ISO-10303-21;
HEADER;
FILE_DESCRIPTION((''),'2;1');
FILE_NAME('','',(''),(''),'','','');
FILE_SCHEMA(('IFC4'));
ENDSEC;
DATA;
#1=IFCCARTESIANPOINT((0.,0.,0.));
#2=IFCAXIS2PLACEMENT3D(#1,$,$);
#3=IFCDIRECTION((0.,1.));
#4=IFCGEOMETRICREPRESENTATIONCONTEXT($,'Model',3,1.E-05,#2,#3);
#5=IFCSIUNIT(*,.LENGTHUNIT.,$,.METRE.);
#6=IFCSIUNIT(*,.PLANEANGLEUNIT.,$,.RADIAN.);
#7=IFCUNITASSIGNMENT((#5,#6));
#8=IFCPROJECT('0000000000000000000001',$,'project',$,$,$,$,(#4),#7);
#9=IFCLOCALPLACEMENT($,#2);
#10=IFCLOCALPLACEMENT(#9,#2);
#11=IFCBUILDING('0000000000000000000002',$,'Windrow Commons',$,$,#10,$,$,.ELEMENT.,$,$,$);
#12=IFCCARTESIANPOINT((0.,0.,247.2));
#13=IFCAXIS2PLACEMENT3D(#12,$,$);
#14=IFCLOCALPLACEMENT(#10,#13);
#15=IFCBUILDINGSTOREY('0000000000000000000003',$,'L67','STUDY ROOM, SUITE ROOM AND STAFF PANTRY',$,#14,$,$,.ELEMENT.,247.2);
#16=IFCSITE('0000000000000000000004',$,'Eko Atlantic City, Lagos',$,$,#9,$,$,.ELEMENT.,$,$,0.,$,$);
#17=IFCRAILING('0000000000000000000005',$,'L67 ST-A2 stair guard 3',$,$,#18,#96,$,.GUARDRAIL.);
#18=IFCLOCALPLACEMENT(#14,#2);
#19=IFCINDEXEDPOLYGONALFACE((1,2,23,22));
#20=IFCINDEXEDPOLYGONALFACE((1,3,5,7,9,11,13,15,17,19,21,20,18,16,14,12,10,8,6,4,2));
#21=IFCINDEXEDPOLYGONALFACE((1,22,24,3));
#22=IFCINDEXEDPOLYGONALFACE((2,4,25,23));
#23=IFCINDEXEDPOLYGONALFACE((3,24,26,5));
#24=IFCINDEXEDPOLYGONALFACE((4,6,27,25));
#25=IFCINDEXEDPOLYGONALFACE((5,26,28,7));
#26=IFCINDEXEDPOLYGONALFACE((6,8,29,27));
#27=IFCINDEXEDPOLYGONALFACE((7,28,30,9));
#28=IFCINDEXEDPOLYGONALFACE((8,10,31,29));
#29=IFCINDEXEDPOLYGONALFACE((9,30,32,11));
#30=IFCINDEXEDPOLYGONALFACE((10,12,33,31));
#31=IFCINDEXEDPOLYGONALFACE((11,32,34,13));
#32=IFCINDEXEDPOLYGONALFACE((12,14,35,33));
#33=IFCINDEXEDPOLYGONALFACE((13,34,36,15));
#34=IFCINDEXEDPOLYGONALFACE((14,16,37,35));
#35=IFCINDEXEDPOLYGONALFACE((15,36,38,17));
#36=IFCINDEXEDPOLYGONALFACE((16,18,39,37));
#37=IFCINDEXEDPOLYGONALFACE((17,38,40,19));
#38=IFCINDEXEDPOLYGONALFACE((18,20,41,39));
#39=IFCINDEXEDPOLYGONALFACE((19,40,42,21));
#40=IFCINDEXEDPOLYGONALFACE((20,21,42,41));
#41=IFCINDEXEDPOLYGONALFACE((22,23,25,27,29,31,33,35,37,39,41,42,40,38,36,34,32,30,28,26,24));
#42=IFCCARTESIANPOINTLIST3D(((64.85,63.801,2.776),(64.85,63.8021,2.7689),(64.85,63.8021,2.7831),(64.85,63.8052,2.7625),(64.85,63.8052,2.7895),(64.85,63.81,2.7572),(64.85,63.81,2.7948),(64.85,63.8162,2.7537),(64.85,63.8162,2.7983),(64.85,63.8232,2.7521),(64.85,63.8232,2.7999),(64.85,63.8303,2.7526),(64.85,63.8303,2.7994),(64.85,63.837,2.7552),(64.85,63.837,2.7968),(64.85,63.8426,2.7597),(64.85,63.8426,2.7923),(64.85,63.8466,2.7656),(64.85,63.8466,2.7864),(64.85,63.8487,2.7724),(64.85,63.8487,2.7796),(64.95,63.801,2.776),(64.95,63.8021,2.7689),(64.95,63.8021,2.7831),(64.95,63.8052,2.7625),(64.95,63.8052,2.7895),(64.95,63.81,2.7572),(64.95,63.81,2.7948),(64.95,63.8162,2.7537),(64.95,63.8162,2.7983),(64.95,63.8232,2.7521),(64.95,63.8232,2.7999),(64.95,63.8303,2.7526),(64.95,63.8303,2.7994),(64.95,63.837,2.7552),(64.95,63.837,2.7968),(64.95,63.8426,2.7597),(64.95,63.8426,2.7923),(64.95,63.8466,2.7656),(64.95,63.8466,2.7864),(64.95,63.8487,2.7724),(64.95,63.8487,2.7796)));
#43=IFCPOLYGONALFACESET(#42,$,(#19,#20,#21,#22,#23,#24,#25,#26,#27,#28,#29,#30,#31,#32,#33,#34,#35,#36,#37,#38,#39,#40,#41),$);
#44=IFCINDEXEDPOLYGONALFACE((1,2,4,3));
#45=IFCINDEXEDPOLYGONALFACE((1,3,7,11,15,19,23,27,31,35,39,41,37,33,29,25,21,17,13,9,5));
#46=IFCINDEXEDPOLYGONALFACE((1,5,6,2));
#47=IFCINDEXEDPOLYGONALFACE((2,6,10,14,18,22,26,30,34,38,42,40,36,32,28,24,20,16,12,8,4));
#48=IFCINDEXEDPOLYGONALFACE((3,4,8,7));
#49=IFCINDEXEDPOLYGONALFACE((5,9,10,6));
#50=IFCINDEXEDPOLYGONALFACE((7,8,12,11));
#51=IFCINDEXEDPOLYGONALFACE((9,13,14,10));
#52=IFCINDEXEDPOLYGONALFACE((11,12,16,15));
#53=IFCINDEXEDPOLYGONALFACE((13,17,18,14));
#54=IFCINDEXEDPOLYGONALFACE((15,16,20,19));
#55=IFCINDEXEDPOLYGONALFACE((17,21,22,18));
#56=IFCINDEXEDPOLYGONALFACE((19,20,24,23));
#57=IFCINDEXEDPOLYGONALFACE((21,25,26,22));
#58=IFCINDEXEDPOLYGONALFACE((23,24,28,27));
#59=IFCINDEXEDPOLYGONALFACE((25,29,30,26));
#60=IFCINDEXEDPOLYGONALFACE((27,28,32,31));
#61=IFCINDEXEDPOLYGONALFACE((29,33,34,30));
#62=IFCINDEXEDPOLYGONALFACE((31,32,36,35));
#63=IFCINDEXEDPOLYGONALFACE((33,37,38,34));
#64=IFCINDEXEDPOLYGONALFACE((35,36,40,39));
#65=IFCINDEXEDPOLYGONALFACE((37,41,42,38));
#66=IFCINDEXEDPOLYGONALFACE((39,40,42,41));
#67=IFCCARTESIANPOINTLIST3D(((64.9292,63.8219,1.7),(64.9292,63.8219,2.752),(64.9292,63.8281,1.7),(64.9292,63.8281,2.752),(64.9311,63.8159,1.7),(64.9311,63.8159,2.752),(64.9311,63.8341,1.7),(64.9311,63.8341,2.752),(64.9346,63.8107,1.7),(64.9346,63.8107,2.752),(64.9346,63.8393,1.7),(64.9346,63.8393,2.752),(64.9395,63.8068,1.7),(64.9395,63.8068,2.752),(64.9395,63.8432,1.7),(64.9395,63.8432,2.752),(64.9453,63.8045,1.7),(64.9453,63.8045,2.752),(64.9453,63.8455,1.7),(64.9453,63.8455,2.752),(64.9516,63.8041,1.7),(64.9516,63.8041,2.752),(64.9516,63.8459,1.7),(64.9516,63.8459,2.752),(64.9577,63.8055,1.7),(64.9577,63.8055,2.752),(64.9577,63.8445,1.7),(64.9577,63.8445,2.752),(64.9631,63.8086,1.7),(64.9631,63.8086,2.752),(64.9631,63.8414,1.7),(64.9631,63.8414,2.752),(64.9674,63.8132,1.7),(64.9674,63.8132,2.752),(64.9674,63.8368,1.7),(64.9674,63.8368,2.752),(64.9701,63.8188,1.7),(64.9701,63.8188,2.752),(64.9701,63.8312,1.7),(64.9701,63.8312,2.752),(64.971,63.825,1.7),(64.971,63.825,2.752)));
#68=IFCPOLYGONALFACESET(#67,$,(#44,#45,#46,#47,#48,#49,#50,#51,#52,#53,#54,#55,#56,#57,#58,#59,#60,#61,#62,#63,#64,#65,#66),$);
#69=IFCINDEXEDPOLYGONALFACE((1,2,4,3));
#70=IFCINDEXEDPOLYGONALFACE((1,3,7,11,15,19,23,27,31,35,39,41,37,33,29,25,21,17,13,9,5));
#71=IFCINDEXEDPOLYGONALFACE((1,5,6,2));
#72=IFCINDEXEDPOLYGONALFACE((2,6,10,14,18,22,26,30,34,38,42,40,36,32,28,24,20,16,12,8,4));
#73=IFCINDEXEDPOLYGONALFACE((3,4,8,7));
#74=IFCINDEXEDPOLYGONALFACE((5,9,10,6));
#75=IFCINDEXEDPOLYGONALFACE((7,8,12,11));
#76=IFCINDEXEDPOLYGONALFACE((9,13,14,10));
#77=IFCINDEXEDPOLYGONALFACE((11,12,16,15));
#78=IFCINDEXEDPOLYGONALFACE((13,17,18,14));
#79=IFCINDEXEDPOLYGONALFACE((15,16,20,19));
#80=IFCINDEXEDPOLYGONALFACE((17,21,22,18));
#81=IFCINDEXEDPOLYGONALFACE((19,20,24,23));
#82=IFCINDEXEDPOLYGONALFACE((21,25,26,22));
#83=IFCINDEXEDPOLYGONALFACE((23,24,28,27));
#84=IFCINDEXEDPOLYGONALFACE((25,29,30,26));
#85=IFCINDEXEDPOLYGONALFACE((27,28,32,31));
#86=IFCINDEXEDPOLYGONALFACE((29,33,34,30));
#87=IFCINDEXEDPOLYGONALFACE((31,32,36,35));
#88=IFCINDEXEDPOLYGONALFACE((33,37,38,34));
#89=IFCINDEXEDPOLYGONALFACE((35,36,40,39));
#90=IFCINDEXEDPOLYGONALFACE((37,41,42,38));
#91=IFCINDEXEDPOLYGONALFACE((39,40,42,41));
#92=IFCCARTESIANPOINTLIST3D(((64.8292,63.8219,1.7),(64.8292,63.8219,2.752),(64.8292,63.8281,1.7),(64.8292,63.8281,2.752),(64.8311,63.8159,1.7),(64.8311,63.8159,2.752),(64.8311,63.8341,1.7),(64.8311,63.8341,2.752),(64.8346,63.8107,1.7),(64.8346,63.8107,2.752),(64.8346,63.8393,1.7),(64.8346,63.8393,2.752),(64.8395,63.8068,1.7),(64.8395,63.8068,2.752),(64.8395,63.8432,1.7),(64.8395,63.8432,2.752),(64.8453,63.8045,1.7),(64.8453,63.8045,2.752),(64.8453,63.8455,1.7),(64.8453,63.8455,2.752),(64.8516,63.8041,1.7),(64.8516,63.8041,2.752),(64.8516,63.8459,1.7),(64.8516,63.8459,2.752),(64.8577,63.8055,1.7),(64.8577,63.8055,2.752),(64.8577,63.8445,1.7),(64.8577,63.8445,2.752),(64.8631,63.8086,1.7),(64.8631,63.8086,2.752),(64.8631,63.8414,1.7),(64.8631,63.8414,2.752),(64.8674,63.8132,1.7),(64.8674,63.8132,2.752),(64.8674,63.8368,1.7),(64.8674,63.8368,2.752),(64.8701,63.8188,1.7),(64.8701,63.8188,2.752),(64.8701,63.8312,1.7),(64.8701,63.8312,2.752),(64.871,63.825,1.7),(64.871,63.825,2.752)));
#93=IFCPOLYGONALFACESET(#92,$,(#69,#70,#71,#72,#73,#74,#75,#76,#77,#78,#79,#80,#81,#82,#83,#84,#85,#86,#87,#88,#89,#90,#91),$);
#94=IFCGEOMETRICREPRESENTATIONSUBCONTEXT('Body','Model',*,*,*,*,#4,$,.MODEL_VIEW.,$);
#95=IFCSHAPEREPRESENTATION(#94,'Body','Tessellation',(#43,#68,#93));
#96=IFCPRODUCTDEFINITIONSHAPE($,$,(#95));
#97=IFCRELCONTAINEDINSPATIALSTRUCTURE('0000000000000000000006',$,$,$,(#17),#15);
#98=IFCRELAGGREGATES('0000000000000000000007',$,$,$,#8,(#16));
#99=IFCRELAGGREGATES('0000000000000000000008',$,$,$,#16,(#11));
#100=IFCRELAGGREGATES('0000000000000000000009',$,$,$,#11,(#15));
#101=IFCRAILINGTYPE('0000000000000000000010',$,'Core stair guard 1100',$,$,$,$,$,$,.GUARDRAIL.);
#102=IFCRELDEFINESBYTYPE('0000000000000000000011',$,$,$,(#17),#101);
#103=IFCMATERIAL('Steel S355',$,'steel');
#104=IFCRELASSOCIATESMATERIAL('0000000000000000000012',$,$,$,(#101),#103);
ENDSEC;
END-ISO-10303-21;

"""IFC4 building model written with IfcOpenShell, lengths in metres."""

from ifc_helpers import new_model, si_unit, direction, frame, origin, origin_2d, place, context, subcontext, project, spatial, circle, extrude, material, type_object, element, save


model = new_model("IFC4")

# Units and contexts
model_context = context("Model", 3, precision=1e-05, world=origin(), true_north=direction((0.0, 1.0)))
body_context = subcontext(model_context, "Body", "Model", "MODEL_VIEW")
ifc_project = project(units=[si_unit("LENGTHUNIT", "METRE"), si_unit("PLANEANGLEUNIT", "RADIAN")], contexts=[model_context])

# Site, building, storey
site_placement = place(None, origin())
site = spatial("IfcSite", under=ifc_project, at=site_placement, Name="Eko Atlantic City, Lagos", CompositionType="ELEMENT", RefElevation=0.0)
building_placement = place(site_placement, origin())
building = spatial("IfcBuilding", under=site, at=building_placement, Name="Windrow Commons", CompositionType="ELEMENT")
storey_placement = place(building_placement, frame((0.0, 0.0, 247.2)))
storey = spatial("IfcBuildingStorey", under=building, at=storey_placement, Name="L67", Description="STUDY ROOM, SUITE ROOM AND STAFF PANTRY", CompositionType="ELEMENT", Elevation=247.2)

# Railing
ifc_material_1 = material(Name="Steel S355", Category="steel")
railing_type_1 = type_object("IfcRailingType", Name="Core stair guard 1100", PredefinedType="GUARDRAIL", material=ifc_material_1)
railing_1_placement = place(storey_placement, frame((64.95, 63.825, 1.7)))
element("IfcRailing", 1, at=railing_1_placement, inside=storey, type_object=railing_type_1, Name="L67 ST-A2 stair guard 3", PredefinedType="GUARDRAIL", context=body_context, shape_type="SweptSolid", body=[
    extrude(circle(Radius=0.024, at=origin_2d()), frame((0.0, 0.0, 1.076), z_axis=(-1.0, 0.0, 0.0), x_axis=(0.0, -1.0, 0.0)), (0.0, 0.0, 1.0), 0.1),
    extrude(circle(Radius=0.021, at=origin_2d()), origin(), (0.0, 0.0, 1.0), 1.052),
    extrude(circle(Radius=0.021, at=origin_2d()), frame((-0.1, 0.0, 0.0)), (0.0, 0.0, 1.0), 1.052),
])

save(model, "model.ifc")
